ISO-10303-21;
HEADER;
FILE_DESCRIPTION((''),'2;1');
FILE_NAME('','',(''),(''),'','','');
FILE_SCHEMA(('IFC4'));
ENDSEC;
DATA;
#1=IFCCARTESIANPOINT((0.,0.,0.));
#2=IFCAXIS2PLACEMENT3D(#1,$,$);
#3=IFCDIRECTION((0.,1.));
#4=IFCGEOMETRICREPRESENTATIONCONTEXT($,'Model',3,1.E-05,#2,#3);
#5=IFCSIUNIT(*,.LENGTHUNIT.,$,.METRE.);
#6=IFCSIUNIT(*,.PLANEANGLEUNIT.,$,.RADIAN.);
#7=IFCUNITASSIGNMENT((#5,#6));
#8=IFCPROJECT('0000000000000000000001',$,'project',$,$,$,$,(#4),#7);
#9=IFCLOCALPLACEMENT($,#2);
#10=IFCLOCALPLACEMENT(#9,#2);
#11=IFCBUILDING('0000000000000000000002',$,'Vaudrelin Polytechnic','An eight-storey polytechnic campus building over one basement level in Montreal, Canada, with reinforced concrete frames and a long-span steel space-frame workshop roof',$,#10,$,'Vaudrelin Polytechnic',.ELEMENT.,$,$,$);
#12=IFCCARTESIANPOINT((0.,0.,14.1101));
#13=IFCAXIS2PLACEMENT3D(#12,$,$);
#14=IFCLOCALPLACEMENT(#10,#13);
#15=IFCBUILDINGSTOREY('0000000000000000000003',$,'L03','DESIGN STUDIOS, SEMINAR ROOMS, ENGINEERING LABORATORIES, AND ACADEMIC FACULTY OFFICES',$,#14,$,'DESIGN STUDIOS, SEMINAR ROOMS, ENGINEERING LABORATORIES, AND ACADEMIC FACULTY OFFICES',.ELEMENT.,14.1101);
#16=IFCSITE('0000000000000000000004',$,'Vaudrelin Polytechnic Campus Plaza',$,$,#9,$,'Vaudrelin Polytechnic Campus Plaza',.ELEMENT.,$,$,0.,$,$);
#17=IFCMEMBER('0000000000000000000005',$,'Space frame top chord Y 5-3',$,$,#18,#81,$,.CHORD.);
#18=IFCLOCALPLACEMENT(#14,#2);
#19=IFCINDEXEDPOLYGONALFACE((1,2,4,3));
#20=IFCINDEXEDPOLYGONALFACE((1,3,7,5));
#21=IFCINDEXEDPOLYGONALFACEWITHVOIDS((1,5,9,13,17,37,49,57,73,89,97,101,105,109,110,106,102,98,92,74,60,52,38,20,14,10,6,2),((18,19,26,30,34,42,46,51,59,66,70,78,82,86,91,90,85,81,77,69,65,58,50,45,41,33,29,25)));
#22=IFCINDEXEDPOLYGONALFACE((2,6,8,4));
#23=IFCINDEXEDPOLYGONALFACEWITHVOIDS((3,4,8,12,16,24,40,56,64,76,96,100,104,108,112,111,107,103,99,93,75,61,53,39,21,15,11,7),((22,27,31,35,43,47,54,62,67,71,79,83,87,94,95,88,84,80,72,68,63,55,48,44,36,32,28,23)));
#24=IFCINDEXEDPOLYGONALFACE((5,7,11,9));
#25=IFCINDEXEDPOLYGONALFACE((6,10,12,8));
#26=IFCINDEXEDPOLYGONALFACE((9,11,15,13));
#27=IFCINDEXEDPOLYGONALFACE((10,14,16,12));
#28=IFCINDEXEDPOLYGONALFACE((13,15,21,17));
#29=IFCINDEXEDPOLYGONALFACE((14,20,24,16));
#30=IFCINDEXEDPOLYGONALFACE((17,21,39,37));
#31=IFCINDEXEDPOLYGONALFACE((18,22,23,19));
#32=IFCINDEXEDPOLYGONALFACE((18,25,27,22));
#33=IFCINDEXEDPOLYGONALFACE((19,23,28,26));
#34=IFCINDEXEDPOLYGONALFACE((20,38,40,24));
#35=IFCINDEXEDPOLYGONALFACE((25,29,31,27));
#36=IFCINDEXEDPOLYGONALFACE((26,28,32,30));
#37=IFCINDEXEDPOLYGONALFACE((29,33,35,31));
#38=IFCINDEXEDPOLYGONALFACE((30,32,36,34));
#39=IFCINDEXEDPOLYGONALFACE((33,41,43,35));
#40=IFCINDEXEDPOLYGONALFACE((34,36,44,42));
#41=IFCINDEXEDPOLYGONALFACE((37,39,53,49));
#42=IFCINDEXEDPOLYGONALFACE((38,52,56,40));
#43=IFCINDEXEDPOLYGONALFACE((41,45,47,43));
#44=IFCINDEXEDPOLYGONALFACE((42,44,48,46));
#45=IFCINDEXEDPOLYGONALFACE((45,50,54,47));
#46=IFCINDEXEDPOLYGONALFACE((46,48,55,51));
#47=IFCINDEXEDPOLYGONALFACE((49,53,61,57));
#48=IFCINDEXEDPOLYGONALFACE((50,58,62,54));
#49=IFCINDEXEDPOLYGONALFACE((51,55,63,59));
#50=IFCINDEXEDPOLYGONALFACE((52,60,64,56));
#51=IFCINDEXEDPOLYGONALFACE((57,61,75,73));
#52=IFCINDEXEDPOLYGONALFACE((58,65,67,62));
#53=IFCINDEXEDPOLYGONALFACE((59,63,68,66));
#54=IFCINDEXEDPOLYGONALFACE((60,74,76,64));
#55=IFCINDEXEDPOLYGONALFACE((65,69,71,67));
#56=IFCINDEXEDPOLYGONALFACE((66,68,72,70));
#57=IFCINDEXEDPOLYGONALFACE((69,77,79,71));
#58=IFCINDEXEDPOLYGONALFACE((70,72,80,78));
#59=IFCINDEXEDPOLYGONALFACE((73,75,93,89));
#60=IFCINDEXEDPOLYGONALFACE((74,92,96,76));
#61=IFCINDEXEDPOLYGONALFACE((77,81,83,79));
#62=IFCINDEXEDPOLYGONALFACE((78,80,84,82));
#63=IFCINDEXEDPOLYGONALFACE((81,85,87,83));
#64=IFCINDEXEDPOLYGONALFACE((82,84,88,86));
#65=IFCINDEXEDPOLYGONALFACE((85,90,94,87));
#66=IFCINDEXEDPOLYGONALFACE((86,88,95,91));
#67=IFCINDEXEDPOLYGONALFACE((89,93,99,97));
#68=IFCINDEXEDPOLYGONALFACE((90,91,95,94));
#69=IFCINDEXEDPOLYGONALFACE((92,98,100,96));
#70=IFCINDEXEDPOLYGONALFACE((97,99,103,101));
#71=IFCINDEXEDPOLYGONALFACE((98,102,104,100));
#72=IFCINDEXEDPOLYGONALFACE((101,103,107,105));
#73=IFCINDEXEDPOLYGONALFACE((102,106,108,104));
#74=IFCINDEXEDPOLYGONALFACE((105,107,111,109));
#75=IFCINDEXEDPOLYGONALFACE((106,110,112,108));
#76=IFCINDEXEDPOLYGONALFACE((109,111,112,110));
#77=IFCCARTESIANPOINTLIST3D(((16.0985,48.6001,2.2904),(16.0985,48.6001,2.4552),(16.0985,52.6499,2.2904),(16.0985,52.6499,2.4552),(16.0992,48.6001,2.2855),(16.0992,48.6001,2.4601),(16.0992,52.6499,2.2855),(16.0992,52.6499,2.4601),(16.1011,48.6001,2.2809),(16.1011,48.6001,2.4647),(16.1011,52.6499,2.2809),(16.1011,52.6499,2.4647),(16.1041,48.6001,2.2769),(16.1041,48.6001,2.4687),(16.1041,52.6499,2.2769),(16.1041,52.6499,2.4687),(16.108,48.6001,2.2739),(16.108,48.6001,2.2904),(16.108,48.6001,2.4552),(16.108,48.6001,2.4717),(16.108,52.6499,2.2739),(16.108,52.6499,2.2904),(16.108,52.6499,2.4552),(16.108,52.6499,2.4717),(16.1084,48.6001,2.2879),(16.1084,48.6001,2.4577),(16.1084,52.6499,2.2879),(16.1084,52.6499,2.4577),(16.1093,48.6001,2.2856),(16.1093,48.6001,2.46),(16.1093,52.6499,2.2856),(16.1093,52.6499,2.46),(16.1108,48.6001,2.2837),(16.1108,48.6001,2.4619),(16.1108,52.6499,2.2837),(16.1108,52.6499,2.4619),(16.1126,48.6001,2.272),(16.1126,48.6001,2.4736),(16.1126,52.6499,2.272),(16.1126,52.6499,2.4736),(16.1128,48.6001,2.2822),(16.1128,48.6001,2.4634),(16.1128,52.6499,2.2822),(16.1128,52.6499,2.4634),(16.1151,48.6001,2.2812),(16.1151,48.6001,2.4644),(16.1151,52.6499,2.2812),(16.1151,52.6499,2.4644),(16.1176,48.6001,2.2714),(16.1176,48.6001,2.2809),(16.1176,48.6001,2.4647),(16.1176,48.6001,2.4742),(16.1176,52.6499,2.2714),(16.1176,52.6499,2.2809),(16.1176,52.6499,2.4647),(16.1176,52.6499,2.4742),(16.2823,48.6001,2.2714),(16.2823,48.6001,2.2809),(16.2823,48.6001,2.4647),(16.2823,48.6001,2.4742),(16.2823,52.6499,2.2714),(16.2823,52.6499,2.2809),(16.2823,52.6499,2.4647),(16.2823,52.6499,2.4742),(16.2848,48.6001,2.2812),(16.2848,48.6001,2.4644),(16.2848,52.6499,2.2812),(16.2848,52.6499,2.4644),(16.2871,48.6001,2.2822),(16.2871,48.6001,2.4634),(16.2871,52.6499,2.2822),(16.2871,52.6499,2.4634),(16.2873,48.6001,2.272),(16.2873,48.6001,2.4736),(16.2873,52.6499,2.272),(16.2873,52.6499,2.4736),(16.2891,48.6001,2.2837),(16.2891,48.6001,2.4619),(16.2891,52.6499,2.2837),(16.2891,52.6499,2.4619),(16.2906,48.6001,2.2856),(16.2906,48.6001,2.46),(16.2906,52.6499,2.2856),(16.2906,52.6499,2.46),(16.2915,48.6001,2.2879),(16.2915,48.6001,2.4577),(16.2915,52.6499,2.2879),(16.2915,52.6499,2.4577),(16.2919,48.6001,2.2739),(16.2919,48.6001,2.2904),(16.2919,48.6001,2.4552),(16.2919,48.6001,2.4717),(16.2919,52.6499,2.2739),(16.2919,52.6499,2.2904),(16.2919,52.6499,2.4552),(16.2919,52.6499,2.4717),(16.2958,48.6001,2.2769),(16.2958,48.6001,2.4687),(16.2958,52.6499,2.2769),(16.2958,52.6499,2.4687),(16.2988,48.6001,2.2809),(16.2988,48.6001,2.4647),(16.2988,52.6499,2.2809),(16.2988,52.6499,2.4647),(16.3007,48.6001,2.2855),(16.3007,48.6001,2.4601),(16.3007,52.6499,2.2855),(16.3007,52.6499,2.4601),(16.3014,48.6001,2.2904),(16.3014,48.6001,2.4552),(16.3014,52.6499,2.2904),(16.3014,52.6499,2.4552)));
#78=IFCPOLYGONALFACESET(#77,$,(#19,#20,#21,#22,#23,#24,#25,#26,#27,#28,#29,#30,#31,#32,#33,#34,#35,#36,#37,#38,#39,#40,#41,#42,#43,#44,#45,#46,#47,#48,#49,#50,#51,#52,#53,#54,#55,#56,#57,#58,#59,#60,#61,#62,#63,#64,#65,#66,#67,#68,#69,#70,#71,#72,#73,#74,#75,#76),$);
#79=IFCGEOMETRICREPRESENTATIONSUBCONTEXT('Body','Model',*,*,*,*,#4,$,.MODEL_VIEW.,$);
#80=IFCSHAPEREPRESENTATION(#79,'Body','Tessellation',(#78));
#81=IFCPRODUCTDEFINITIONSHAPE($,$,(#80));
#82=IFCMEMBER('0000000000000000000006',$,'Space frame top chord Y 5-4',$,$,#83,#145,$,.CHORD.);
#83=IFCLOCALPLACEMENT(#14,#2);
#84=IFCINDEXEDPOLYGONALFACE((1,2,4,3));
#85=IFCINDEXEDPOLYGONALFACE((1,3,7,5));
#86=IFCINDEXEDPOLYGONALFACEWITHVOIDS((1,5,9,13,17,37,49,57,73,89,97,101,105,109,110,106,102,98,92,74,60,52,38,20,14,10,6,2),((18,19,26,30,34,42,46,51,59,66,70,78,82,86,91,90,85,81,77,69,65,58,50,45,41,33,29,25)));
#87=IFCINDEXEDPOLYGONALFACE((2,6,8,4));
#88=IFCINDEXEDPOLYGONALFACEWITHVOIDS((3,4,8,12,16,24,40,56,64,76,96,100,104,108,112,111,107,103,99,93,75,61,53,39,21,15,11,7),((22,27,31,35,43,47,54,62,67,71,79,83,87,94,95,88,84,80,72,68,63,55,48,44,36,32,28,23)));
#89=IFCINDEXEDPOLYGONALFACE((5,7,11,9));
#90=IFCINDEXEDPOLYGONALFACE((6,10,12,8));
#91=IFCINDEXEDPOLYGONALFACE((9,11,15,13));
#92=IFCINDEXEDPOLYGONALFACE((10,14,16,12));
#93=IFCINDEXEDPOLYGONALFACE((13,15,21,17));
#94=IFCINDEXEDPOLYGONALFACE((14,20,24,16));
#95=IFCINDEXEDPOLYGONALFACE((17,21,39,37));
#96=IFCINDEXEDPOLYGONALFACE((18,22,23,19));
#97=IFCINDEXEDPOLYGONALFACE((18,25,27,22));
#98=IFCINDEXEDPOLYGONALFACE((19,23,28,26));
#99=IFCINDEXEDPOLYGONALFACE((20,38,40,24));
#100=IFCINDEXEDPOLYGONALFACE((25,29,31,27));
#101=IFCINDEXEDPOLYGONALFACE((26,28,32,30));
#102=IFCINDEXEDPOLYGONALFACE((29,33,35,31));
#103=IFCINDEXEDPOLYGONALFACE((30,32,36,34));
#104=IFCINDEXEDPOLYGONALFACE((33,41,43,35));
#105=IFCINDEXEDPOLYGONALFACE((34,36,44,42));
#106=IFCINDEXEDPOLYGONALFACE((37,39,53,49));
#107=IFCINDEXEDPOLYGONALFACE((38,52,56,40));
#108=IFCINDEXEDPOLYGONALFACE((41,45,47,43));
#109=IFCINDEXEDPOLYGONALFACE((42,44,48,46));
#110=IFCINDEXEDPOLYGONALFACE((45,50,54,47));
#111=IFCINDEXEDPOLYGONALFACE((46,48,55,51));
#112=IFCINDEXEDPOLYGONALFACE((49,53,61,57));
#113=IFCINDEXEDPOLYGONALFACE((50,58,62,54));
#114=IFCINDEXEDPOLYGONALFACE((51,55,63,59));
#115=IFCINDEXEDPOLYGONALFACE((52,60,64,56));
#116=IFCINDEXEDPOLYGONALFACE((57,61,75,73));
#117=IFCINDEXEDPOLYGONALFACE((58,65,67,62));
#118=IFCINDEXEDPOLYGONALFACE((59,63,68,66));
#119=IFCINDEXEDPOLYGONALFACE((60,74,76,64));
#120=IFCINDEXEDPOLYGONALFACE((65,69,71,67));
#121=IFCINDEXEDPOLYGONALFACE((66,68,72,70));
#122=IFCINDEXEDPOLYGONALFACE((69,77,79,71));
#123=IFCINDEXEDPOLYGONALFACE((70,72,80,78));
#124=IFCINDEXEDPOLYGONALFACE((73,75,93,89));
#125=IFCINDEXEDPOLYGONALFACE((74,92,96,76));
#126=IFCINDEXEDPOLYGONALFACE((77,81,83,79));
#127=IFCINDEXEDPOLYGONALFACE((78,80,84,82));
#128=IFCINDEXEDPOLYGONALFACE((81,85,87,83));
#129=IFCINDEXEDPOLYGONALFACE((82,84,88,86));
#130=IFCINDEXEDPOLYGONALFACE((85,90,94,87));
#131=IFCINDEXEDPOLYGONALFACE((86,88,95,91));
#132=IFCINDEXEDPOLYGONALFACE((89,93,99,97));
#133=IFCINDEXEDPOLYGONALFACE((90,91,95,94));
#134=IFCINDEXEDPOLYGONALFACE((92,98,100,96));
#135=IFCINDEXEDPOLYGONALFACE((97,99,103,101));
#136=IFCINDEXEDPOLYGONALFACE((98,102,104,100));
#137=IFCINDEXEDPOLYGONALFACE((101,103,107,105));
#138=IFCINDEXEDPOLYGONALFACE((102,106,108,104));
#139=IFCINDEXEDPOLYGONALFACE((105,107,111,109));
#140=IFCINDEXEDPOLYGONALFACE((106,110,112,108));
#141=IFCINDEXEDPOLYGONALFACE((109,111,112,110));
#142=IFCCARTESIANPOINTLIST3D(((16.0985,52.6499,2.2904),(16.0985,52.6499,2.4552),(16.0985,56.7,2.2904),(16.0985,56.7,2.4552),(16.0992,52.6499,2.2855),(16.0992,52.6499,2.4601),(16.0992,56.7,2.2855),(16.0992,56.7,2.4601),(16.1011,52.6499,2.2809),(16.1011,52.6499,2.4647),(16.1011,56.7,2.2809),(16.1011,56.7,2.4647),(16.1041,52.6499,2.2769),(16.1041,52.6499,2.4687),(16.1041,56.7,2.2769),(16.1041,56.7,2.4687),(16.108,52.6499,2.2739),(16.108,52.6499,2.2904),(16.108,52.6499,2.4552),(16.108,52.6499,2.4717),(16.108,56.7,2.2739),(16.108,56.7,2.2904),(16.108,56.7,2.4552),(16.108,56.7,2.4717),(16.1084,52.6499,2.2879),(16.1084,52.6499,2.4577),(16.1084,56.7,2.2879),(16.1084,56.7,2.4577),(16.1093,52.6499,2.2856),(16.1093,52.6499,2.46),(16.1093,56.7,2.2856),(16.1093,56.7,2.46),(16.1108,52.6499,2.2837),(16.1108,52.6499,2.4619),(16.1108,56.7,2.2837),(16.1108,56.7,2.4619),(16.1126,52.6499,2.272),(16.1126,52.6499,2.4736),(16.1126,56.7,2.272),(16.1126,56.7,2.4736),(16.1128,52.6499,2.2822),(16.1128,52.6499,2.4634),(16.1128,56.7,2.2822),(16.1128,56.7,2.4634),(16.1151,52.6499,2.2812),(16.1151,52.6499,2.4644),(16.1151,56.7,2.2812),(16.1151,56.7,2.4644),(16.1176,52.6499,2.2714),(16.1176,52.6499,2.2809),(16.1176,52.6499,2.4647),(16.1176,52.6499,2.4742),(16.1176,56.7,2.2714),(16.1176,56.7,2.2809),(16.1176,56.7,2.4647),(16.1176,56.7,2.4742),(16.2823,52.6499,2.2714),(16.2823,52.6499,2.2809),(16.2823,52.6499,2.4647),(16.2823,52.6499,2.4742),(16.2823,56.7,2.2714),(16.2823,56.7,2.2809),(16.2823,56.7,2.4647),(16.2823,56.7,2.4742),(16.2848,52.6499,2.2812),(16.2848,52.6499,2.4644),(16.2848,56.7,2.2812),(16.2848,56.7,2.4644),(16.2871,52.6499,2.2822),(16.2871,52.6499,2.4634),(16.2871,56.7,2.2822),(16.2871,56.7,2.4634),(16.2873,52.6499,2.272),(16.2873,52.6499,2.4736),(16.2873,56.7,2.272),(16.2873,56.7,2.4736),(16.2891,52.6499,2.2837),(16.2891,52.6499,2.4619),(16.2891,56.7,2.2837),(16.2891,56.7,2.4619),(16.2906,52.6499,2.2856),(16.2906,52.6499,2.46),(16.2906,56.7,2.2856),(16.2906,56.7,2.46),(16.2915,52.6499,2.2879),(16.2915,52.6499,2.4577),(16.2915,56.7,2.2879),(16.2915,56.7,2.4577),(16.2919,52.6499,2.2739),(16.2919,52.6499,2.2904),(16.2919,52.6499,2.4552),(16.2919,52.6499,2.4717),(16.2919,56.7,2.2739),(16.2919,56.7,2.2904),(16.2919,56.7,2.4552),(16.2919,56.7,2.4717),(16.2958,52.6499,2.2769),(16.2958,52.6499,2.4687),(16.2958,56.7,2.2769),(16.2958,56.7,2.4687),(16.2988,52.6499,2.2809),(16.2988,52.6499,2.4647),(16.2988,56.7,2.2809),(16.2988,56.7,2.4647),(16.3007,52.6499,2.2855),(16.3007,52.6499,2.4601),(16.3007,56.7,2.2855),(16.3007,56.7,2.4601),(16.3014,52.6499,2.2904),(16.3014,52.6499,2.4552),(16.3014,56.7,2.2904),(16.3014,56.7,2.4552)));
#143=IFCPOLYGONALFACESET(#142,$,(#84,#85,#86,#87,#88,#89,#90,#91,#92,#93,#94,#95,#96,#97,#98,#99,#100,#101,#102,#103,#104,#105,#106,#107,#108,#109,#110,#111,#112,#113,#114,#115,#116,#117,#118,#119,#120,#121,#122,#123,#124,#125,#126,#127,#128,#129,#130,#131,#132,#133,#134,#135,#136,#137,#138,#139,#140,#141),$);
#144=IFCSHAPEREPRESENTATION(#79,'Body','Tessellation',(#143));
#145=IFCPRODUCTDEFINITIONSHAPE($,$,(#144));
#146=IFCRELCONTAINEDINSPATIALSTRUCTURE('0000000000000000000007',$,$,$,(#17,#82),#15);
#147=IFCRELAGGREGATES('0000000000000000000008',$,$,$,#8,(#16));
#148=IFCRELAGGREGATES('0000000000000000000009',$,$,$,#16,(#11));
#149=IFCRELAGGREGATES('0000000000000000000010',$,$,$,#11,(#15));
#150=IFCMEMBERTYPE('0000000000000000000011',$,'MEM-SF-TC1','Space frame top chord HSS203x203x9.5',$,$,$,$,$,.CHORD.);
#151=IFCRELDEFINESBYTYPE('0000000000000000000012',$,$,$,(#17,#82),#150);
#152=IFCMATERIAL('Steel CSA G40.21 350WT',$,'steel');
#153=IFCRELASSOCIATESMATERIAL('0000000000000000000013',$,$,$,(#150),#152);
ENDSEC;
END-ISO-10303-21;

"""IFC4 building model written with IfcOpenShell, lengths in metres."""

from ifc_helpers import new_model, si_unit, direction, frame, origin, origin_2d, place, context, subcontext, project, spatial, hollow_rectangle, extrude, material, material_profile, profile_set, type_object, element, save


model = new_model("IFC4")

# Units and contexts
model_context = context("Model", 3, precision=1e-05, world=origin(), true_north=direction((0.0, 1.0)))
body_context = subcontext(model_context, "Body", "Model", "MODEL_VIEW")
ifc_project = project(units=[si_unit("LENGTHUNIT", "METRE"), si_unit("PLANEANGLEUNIT", "RADIAN")], contexts=[model_context])

# Site, building, storey
site_placement = place(None, origin())
site = spatial("IfcSite", under=ifc_project, at=site_placement, Name="Vaudrelin Polytechnic Campus Plaza", LongName="Vaudrelin Polytechnic Campus Plaza", CompositionType="ELEMENT", RefElevation=0.0)
building_placement = place(site_placement, origin())
building = spatial("IfcBuilding", under=site, at=building_placement, Name="Vaudrelin Polytechnic", Description="An eight-storey polytechnic campus building over one basement level in Montreal, Canada, with reinforced concrete frames and a long-span steel space-frame workshop roof", LongName="Vaudrelin Polytechnic", CompositionType="ELEMENT")
storey_placement = place(building_placement, frame((0.0, 0.0, 14.1101)))
storey = spatial("IfcBuildingStorey", under=building, at=storey_placement, Name="L03", Description="DESIGN STUDIOS, SEMINAR ROOMS, ENGINEERING LABORATORIES, AND ACADEMIC FACULTY OFFICES", LongName="DESIGN STUDIOS, SEMINAR ROOMS, ENGINEERING LABORATORIES, AND ACADEMIC FACULTY OFFICES", CompositionType="ELEMENT", Elevation=14.1101)

# Members
ifc_material = material(Name="Steel CSA G40.21 350WT", Category="steel")
ifc_material_profile_1 = material_profile(ifc_material, hollow_rectangle(XDim=0.2029, YDim=0.2029, WallThickness=0.0095, InnerFilletRadius=0.0095, OuterFilletRadius=0.019, at=origin_2d()), Name="HSS203x203x9.5")
ifc_profile_set_1 = profile_set([ifc_material_profile_1], Name="Steel CSA G40.21 350WT")
member_type_1 = type_object("IfcMemberType", Name="MEM-SF-TC1", Description="Space frame top chord HSS203x203x9.5", PredefinedType="CHORD", material=ifc_profile_set_1)
member_1_placement = place(storey_placement, frame((16.2, 48.6001, 2.3728), z_axis=(0.0, 1.0, 0.0), x_axis=(-1.0, 0.0, 0.0)))
element("IfcMember", 1, at=member_1_placement, inside=storey, type_object=member_type_1, Name="Space frame top chord Y 5-3", PredefinedType="CHORD", context=body_context, shape_type="SweptSolid", body=[
    extrude(hollow_rectangle(XDim=0.2029, YDim=0.2029, WallThickness=0.0095, InnerFilletRadius=0.0095, OuterFilletRadius=0.019, at=origin_2d()), origin(), (0.0, 0.0, 1.0), 4.0498),
])
member_2_placement = place(storey_placement, frame((16.2, 52.6499, 2.3728), z_axis=(0.0, 1.0, 0.0), x_axis=(-1.0, 0.0, 0.0)))
element("IfcMember", 2, at=member_2_placement, inside=storey, type_object=member_type_1, Name="Space frame top chord Y 5-4", PredefinedType="CHORD", context=body_context, shape_type="SweptSolid", body=[
    extrude(hollow_rectangle(XDim=0.2029, YDim=0.2029, WallThickness=0.0095, InnerFilletRadius=0.0095, OuterFilletRadius=0.019, at=origin_2d()), origin(), (0.0, 0.0, 1.0), 4.05),
])

save(model, "model.ifc")
